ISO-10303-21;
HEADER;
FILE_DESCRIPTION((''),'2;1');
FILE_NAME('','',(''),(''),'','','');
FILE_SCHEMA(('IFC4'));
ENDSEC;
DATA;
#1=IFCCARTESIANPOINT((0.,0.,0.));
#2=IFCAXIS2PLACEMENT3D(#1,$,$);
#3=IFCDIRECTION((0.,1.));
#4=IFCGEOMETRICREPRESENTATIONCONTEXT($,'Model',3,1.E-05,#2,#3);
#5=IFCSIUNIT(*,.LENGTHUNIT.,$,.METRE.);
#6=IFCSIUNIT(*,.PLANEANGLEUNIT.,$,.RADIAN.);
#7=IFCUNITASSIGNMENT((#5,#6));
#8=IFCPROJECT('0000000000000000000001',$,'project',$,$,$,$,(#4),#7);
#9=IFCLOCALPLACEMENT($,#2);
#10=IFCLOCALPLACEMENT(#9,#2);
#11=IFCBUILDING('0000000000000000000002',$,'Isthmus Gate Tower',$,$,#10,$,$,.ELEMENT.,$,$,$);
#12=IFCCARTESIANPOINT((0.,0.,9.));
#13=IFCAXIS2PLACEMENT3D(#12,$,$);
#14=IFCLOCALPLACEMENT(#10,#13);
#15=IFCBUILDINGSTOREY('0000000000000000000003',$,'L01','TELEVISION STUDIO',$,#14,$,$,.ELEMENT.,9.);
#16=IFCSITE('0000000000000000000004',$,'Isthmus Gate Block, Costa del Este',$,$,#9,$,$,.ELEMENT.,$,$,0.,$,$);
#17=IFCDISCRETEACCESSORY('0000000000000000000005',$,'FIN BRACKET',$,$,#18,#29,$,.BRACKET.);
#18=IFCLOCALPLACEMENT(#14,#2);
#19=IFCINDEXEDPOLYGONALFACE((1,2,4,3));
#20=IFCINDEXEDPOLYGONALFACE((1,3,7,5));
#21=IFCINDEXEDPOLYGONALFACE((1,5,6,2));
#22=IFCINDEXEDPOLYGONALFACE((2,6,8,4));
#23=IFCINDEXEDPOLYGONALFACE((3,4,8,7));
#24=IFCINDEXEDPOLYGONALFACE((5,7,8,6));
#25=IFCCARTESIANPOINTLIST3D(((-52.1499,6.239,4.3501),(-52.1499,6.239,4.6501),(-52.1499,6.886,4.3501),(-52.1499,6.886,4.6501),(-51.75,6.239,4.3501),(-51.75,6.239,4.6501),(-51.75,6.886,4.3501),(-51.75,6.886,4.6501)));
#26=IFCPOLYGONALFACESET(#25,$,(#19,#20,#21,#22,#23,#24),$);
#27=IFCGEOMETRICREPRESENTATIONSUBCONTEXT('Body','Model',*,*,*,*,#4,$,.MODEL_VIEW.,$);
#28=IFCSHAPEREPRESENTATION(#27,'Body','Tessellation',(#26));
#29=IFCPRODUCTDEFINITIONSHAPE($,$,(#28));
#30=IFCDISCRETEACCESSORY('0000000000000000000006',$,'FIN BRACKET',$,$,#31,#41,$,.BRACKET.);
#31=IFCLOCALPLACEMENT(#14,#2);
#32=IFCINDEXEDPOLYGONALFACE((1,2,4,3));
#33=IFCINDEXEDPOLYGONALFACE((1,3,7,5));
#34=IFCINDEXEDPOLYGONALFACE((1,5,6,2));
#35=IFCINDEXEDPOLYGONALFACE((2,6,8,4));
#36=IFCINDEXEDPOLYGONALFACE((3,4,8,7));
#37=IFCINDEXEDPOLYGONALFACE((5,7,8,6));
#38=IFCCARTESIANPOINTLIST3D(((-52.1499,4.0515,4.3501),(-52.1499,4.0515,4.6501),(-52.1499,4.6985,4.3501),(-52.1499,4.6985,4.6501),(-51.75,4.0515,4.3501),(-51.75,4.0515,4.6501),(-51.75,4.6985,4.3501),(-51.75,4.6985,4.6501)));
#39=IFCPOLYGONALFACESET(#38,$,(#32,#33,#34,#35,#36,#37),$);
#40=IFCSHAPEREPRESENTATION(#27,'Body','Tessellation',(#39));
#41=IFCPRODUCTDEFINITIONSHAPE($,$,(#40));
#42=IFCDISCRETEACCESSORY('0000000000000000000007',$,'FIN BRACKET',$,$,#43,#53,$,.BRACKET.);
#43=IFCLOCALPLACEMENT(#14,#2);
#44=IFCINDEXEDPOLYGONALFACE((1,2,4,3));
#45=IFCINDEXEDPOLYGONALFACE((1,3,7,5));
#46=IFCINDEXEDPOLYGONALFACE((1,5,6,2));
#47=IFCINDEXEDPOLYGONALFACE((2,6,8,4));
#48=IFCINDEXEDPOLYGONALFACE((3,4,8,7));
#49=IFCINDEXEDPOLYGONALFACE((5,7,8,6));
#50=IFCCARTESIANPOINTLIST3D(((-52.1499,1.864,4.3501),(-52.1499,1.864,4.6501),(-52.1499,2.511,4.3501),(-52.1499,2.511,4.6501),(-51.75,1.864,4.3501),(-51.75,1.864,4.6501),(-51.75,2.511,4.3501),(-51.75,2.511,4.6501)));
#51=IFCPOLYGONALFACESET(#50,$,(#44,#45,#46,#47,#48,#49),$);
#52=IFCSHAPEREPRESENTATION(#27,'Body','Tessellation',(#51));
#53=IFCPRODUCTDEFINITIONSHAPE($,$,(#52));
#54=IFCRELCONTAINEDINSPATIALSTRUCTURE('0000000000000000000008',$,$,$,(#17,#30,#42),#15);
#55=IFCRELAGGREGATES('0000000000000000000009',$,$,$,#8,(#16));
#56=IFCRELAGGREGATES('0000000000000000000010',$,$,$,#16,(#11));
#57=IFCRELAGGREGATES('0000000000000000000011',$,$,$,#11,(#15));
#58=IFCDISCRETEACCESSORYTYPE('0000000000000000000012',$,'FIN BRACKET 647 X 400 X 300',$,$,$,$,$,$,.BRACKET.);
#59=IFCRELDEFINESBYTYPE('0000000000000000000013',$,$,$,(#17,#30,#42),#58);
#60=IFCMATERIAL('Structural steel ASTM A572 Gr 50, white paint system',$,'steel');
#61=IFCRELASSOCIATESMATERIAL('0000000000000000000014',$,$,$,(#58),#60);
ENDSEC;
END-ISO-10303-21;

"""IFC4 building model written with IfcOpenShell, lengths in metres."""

from ifc_helpers import new_model, si_unit, direction, frame, origin, origin_2d, place, context, subcontext, project, spatial, rectangle, extrude, material, type_object, element, save


model = new_model("IFC4")

# Units and contexts
model_context = context("Model", 3, precision=1e-05, world=origin(), true_north=direction((0.0, 1.0)))
body_context = subcontext(model_context, "Body", "Model", "MODEL_VIEW")
ifc_project = project(units=[si_unit("LENGTHUNIT", "METRE"), si_unit("PLANEANGLEUNIT", "RADIAN")], contexts=[model_context])

# Site, building, storey
site_placement = place(None, origin())
site = spatial("IfcSite", under=ifc_project, at=site_placement, Name="Isthmus Gate Block, Costa del Este", CompositionType="ELEMENT", RefElevation=0.0)
building_placement = place(site_placement, origin())
building = spatial("IfcBuilding", under=site, at=building_placement, Name="Isthmus Gate Tower", CompositionType="ELEMENT")
storey_placement = place(building_placement, frame((0.0, 0.0, 9.0)))
storey = spatial("IfcBuildingStorey", under=building, at=storey_placement, Name="L01", Description="TELEVISION STUDIO", CompositionType="ELEMENT", Elevation=9.0)

# Discrete accessories
ifc_material_1 = material(Name="Structural steel ASTM A572 Gr 50, white paint system", Category="steel")
discrete_accessory_type_1 = type_object("IfcDiscreteAccessoryType", Name="FIN BRACKET 647 X 400 X 300", PredefinedType="BRACKET", material=ifc_material_1)
for number, where, z_axis, x_axis, name in (
    (1, (-51.95, 6.5625, 4.3501), (0.0, 0.0, 1.0), (-1.0, 0.0, 0.0), "FIN BRACKET"),
    (2, (-51.95, 4.375, 4.3501), (0.0, 0.0, 1.0), (-1.0, 0.0, 0.0), "FIN BRACKET"),
    (3, (-51.95, 2.1875, 4.3501), (0.0, 0.0, 1.0), (-1.0, 0.0, 0.0), "FIN BRACKET"),
):
    element("IfcDiscreteAccessory", number, at=place(storey_placement, frame(where, z_axis=z_axis, x_axis=x_axis)), inside=storey, type_object=discrete_accessory_type_1, Name=name, PredefinedType="BRACKET", context=body_context, shape_type="SweptSolid", body=[
        extrude(rectangle(XDim=0.3999, YDim=0.647, at=origin_2d()), origin(), (0.0, 0.0, 1.0), 0.3),
    ])

save(model, "model.ifc")
